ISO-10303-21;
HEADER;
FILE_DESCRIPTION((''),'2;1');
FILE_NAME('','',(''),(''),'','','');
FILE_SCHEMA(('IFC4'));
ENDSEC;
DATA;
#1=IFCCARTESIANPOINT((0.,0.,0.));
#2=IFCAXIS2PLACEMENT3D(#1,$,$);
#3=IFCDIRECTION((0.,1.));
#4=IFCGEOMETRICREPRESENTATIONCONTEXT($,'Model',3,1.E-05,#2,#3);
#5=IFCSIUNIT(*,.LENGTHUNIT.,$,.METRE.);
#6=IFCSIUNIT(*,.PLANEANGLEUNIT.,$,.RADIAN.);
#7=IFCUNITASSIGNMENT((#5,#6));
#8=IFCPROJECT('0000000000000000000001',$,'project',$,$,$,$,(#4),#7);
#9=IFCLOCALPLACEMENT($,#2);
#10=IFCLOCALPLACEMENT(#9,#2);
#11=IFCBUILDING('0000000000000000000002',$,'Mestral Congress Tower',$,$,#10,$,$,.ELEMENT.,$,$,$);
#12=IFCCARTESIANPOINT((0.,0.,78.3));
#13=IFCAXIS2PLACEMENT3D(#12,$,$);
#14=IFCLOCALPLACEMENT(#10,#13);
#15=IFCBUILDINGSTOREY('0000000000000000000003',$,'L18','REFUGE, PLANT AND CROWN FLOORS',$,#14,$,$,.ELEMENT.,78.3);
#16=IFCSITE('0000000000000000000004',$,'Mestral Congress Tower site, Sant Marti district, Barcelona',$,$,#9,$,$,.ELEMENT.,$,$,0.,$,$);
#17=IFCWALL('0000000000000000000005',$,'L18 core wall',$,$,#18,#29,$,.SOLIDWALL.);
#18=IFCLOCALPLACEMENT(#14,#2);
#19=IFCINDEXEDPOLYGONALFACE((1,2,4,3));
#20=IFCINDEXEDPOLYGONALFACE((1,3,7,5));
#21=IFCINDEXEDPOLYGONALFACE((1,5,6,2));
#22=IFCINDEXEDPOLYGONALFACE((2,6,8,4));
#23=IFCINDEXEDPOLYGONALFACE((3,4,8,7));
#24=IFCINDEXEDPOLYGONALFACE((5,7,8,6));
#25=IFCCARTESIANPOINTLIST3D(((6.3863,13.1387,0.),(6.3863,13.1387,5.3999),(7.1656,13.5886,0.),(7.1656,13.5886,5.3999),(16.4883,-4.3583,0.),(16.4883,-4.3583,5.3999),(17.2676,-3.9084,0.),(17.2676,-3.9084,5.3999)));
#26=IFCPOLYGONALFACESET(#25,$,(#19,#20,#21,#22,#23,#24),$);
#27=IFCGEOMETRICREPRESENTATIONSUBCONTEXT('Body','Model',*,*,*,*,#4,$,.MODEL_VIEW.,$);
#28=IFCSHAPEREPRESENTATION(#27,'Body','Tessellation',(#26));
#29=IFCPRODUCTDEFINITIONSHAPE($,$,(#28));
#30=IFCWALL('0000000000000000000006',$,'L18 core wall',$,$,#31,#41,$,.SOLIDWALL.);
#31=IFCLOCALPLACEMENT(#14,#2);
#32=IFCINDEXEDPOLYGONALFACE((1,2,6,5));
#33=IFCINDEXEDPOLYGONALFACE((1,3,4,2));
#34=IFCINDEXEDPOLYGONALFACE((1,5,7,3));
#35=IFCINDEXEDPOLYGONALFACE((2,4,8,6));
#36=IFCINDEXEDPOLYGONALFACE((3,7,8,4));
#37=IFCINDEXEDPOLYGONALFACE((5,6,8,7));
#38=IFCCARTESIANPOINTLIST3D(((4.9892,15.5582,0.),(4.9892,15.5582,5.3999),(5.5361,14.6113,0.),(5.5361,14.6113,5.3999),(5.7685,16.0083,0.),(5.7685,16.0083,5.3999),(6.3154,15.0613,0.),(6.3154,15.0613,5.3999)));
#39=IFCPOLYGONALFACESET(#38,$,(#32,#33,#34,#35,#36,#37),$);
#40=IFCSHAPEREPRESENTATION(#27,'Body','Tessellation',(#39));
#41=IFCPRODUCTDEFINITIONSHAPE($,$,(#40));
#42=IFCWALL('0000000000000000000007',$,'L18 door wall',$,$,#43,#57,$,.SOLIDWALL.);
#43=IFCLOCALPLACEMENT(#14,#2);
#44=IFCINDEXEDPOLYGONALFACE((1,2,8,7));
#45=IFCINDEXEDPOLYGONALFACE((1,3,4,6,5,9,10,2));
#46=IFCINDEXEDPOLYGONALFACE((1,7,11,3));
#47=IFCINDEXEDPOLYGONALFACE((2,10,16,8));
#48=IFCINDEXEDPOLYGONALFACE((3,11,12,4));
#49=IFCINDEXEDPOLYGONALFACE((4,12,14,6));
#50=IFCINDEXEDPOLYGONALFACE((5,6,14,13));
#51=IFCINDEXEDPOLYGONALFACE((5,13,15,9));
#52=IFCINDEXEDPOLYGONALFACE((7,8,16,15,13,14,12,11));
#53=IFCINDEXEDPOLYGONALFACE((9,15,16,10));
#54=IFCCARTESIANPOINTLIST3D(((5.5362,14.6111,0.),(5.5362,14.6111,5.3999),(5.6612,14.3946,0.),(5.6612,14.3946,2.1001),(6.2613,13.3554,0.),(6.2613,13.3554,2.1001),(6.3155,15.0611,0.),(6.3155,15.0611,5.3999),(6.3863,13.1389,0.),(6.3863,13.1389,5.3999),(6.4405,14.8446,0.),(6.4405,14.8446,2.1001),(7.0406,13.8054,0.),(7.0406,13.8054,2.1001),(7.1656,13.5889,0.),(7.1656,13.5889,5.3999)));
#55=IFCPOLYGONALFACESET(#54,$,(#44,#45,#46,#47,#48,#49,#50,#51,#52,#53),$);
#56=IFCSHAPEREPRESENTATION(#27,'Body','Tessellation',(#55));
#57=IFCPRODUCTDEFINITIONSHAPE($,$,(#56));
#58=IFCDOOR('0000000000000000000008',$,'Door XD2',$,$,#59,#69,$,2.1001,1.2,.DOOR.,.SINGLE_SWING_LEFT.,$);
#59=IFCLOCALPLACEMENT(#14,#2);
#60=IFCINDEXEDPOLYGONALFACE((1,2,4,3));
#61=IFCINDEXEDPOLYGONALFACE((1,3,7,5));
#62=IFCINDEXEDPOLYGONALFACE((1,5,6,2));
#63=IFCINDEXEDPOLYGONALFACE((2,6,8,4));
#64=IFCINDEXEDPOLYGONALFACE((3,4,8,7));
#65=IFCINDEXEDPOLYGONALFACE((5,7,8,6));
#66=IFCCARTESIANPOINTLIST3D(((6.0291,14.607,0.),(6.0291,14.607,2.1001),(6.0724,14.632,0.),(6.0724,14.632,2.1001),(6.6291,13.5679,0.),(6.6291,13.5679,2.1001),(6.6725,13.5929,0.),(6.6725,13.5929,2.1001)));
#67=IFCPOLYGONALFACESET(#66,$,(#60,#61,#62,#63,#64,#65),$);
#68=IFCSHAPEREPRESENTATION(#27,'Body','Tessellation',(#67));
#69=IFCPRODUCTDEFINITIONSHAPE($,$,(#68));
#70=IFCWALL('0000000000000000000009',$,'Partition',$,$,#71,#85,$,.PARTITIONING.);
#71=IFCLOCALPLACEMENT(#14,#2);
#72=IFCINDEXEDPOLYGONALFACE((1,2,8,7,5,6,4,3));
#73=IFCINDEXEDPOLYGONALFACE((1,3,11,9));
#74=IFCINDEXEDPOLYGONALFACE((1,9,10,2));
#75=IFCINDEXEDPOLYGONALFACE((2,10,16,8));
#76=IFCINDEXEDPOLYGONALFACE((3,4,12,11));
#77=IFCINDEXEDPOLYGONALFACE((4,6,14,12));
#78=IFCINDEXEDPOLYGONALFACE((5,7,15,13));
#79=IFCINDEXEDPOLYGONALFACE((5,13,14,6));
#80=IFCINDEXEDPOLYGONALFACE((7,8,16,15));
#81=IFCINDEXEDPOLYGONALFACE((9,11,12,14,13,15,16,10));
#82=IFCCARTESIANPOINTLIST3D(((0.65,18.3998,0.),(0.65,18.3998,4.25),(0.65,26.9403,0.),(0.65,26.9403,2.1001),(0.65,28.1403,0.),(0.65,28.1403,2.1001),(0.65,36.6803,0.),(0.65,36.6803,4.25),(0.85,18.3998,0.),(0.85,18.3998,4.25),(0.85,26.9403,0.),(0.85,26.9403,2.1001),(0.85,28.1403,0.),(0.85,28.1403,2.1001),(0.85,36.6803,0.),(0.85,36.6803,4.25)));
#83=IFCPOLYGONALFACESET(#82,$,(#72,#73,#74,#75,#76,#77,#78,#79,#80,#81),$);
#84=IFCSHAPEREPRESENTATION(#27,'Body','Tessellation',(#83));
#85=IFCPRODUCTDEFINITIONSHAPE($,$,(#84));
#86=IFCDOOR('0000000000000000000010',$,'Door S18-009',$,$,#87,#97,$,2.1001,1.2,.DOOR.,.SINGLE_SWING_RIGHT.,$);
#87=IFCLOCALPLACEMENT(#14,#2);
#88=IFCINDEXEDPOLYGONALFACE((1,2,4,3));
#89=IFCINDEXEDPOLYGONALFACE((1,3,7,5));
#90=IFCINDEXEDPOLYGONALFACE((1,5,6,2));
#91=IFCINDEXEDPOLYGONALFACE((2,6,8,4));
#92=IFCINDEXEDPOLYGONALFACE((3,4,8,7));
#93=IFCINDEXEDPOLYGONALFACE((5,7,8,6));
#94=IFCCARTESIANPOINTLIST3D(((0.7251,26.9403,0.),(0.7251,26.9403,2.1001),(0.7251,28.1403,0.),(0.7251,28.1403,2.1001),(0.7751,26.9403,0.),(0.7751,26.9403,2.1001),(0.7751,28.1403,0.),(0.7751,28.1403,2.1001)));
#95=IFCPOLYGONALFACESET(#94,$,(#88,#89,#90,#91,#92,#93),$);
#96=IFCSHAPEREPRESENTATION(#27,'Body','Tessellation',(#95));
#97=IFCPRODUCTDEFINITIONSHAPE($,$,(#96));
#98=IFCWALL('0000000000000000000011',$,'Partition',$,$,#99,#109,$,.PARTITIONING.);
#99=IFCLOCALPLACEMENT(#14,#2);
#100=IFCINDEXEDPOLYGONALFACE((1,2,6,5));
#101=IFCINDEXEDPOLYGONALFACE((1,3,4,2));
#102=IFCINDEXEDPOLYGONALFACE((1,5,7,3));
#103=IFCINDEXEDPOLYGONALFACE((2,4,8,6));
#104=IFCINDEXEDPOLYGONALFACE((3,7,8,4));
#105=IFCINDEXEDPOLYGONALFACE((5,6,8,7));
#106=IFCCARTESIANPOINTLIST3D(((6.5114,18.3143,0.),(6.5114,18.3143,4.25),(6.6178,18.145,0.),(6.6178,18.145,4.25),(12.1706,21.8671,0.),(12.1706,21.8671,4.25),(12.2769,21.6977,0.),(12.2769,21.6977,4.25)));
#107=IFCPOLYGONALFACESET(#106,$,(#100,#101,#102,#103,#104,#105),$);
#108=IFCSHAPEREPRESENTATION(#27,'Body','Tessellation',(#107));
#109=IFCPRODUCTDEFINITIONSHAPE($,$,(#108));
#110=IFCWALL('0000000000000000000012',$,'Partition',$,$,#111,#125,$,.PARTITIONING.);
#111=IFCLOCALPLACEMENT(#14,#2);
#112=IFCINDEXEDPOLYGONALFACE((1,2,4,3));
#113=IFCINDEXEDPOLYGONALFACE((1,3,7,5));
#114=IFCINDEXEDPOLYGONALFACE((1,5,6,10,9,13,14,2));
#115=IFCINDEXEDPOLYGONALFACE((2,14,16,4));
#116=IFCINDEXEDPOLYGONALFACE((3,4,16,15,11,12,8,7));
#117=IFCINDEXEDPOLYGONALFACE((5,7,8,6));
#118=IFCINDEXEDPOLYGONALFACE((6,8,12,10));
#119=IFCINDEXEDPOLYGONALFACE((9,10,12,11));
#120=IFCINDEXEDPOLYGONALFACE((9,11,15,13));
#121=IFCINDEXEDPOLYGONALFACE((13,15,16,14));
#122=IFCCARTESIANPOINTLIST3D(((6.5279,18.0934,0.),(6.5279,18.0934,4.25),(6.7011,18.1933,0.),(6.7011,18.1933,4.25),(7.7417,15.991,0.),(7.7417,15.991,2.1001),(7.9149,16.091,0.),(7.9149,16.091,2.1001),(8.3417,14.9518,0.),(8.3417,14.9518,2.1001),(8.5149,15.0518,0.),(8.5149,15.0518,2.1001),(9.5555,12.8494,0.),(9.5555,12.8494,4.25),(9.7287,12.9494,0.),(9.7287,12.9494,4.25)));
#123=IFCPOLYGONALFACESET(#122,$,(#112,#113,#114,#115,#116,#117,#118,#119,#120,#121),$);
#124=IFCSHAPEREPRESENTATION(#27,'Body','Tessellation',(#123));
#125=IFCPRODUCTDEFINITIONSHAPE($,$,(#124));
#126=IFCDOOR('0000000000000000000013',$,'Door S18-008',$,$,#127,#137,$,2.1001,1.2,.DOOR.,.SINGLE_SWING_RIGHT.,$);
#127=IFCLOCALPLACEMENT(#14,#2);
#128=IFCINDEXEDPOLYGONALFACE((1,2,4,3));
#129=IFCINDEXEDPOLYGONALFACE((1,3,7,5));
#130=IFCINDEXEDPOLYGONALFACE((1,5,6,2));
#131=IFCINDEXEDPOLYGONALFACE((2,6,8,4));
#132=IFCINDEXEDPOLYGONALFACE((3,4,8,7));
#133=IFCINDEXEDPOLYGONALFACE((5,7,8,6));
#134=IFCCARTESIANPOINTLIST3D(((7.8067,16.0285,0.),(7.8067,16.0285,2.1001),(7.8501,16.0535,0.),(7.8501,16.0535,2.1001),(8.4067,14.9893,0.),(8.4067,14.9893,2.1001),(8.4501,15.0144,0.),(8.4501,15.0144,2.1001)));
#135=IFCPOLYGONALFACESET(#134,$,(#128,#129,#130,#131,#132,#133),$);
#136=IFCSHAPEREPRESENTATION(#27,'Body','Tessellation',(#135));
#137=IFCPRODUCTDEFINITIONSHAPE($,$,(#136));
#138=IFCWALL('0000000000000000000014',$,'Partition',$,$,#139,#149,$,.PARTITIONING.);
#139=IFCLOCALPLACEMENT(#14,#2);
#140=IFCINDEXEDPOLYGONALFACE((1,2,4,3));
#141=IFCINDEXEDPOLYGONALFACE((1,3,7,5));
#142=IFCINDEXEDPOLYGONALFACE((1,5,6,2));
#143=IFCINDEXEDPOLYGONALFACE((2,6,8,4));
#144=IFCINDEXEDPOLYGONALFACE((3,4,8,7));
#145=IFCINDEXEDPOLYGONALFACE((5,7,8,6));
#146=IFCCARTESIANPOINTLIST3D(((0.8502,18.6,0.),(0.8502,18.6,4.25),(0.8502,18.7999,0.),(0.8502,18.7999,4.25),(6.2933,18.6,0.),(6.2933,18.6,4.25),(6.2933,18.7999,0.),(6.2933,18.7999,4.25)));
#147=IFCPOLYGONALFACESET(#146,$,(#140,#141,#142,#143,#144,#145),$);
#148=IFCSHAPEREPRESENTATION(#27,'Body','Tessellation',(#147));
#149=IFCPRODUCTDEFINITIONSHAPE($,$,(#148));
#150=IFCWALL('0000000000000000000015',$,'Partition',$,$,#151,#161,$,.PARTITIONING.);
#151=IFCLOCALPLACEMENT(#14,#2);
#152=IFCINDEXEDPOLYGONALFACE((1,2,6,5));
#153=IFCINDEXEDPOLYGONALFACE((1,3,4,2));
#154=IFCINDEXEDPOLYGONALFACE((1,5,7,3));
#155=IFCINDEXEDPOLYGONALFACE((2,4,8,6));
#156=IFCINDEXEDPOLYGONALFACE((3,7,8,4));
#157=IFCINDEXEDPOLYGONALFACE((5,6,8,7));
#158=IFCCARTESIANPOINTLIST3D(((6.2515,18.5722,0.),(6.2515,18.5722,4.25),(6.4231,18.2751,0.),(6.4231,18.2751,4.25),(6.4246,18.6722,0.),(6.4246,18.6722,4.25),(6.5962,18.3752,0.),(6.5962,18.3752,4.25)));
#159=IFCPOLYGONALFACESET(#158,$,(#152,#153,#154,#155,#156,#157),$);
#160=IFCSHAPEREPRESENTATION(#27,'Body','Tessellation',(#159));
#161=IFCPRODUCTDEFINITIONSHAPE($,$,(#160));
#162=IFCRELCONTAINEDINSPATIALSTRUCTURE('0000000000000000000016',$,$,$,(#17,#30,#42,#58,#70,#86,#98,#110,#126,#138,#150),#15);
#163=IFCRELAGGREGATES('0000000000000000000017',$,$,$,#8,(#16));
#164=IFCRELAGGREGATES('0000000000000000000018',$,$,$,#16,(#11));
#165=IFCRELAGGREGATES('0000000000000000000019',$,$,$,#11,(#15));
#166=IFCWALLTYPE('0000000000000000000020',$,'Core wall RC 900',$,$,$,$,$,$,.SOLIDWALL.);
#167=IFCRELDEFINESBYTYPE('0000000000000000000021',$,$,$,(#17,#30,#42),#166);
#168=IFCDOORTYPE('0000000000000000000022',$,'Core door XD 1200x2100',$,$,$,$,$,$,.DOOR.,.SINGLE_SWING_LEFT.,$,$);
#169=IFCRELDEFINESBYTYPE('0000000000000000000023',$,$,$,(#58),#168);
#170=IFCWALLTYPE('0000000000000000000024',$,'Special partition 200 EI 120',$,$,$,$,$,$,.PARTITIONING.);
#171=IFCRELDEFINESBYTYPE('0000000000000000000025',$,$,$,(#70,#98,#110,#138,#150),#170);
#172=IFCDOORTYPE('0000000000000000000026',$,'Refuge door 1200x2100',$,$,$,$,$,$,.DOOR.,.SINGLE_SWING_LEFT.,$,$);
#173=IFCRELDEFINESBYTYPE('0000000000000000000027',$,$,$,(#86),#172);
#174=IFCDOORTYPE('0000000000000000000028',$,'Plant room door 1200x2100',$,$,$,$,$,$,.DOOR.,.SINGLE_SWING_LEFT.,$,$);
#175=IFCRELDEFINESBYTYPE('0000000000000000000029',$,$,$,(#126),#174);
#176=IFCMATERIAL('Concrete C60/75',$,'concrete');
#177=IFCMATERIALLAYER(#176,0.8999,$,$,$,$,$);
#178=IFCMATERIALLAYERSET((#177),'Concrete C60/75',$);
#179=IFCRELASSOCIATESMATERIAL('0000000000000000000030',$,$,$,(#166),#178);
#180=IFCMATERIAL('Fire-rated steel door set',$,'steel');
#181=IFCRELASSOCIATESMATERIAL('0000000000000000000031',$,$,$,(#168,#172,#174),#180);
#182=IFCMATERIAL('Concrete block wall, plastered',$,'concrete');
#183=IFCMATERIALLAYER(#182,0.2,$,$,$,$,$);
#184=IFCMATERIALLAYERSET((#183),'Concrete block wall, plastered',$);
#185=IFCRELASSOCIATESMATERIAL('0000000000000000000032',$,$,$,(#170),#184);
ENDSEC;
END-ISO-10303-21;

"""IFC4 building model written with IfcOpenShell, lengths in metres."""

from ifc_helpers import new_model, si_unit, direction, frame, frame_2d, origin, place, context, subcontext, project, spatial, rectangle, extrude, material, layer, layer_set, type_object, element, fill, save


model = new_model("IFC4")

# Units and contexts
model_context = context("Model", 3, precision=1e-05, world=origin(), true_north=direction((0.0, 1.0)))
body_context = subcontext(model_context, "Body", "Model", "MODEL_VIEW")
ifc_project = project(units=[si_unit("LENGTHUNIT", "METRE"), si_unit("PLANEANGLEUNIT", "RADIAN")], contexts=[model_context])

# Site, building, storey
site_placement = place(None, origin())
site = spatial("IfcSite", under=ifc_project, at=site_placement, Name="Mestral Congress Tower site, Sant Marti district, Barcelona", CompositionType="ELEMENT", RefElevation=0.0)
building_placement = place(site_placement, origin())
building = spatial("IfcBuilding", under=site, at=building_placement, Name="Mestral Congress Tower", CompositionType="ELEMENT")
storey_placement = place(building_placement, frame((0.0, 0.0, 78.3)))
storey = spatial("IfcBuildingStorey", under=building, at=storey_placement, Name="L18", Description="REFUGE, PLANT AND CROWN FLOORS", CompositionType="ELEMENT", Elevation=78.3)

# Walls
ifc_material_1 = material(Name="Concrete C60/75", Category="concrete")
ifc_layer_1 = layer(ifc_material_1, 0.8999)
ifc_layer_set_1 = layer_set([ifc_layer_1], Name="Concrete C60/75")
wall_type_1 = type_object("IfcWallType", Name="Core wall RC 900", PredefinedType="SOLIDWALL", material=ifc_layer_set_1)
wall_1_placement = place(storey_placement, frame((6.7759, 13.3638, 0.0), z_axis=(0.0, 0.0, 1.0), x_axis=(0.500004, -0.866023, 0.0)))
element("IfcWall", 1, at=wall_1_placement, inside=storey, type_object=wall_type_1, Name="L18 core wall", PredefinedType="SOLIDWALL", context=body_context, shape_type="SweptSolid", body=[
    extrude(rectangle(XDim=20.2039, YDim=0.8999, at=frame_2d((10.1021, 0.0))), origin(), (0.0, 0.0, 1.0), 5.3999),
])
wall_2_placement = place(storey_placement, frame((5.9258, 14.8362, 0.0), z_axis=(0.0, 0.0, 1.0), x_axis=(-0.500077, 0.865981, 0.0)))
element("IfcWall", 2, at=wall_2_placement, inside=storey, type_object=wall_type_1, Name="L18 core wall", PredefinedType="SOLIDWALL", context=body_context, shape_type="SweptSolid", body=[
    extrude(rectangle(XDim=1.0935, YDim=0.8999, at=frame_2d((0.5469, 0.0))), origin(), (0.0, 0.0, 1.0), 5.3999),
])

# Walls, openings, doors
wall_3_placement = place(storey_placement, frame((5.9258, 14.8362, 0.0), z_axis=(0.0, 0.0, 1.0), x_axis=(0.500062, -0.865989, 0.0)))
wall_3 = element("IfcWall", 3, at=wall_3_placement, inside=storey, type_object=wall_type_1, Name="L18 door wall", PredefinedType="SOLIDWALL", context=body_context, shape_type="SweptSolid", body=[
    extrude(rectangle(XDim=1.7, YDim=0.8999, at=frame_2d((0.8501, 0.0))), origin(), (0.0, 0.0, 1.0), 5.3999),
])
opening_1_placement = place(wall_3_placement, frame((0.25, 0.0, 0.0)))
opening_1 = element("IfcOpeningElement", 4, at=opening_1_placement, cuts=wall_3, PredefinedType="OPENING", context=body_context, shape_type="SweptSolid", body=[
    extrude(rectangle(XDim=1.2, YDim=2.1001, at=frame_2d((0.6001, 1.05))), frame((0.0, 0.46, 0.0), z_axis=(0.0, -1.0, 0.0), x_axis=(1.0, 0.0, 0.0)), (0.0, 0.0, 1.0), 0.9199),
])
ifc_material_2 = material(Name="Fire-rated steel door set", Category="steel")
door_type_1 = type_object("IfcDoorType", Name="Core door XD 1200x2100", OperationType="SINGLE_SWING_LEFT", PredefinedType="DOOR", material=ifc_material_2)
door_1_placement = place(opening_1_placement, origin())
door_1 = element("IfcDoor", 5, at=door_1_placement, inside=storey, type_object=door_type_1, Name="Door XD2", OperationType="SINGLE_SWING_LEFT", OverallHeight=2.1001, OverallWidth=1.2, PredefinedType="DOOR", context=body_context, shape_type="SweptSolid", body=[
    extrude(rectangle(XDim=1.2, YDim=2.1001, at=frame_2d((0.6001, 1.05))), frame((0.0, 0.0249, 0.0), z_axis=(0.0, -1.0, 0.0), x_axis=(1.0, 0.0, 0.0)), (0.0, 0.0, 1.0), 0.05),
])
fill(opening_1, door_1)
ifc_material_3 = material(Name="Concrete block wall, plastered", Category="concrete")
ifc_layer_2 = layer(ifc_material_3, 0.2)
ifc_layer_set_2 = layer_set([ifc_layer_2], Name="Concrete block wall, plastered")
wall_type_2 = type_object("IfcWallType", Name="Special partition 200 EI 120", PredefinedType="PARTITIONING", material=ifc_layer_set_2)
wall_4_placement = place(storey_placement, frame((0.75, 18.3999, 0.0), z_axis=(0.0, 0.0, 1.0), x_axis=(0.0, 1.0, 0.0)))
wall_4 = element("IfcWall", 6, at=wall_4_placement, inside=storey, type_object=wall_type_2, Name="Partition", PredefinedType="PARTITIONING", context=body_context, shape_type="SweptSolid", body=[
    extrude(rectangle(XDim=18.2805, YDim=0.2, at=frame_2d((9.1401, 0.0))), origin(), (0.0, 0.0, 1.0), 4.25),
])
opening_2_placement = place(wall_4_placement, frame((8.5403, 0.0, 0.0)))
opening_2 = element("IfcOpeningElement", 7, at=opening_2_placement, cuts=wall_4, PredefinedType="OPENING", context=body_context, shape_type="SweptSolid", body=[
    extrude(rectangle(XDim=1.2, YDim=2.1001, at=frame_2d((0.6001, 1.05))), frame((0.0, 0.1099, 0.0), z_axis=(0.0, -1.0, 0.0), x_axis=(1.0, 0.0, 0.0)), (0.0, 0.0, 1.0), 0.22),
])
door_type_2 = type_object("IfcDoorType", Name="Refuge door 1200x2100", OperationType="SINGLE_SWING_LEFT", PredefinedType="DOOR", material=ifc_material_2)
door_2_placement = place(opening_2_placement, origin())
door_2 = element("IfcDoor", 8, at=door_2_placement, inside=storey, type_object=door_type_2, Name="Door S18-009", OperationType="SINGLE_SWING_RIGHT", OverallHeight=2.1001, OverallWidth=1.2, PredefinedType="DOOR", context=body_context, shape_type="SweptSolid", body=[
    extrude(rectangle(XDim=1.2, YDim=2.1001, at=frame_2d((0.6001, 1.05))), frame((0.0, 0.0249, 0.0), z_axis=(0.0, -1.0, 0.0), x_axis=(1.0, 0.0, 0.0)), (0.0, 0.0, 1.0), 0.05),
])
fill(opening_2, door_2)

# Wall
wall_5_placement = place(storey_placement, frame((6.5647, 18.2297, 0.0), z_axis=(0.0, 0.0, 1.0), x_axis=(0.846937, 0.531693, 0.0)))
element("IfcWall", 9, at=wall_5_placement, inside=storey, type_object=wall_type_2, Name="Partition", PredefinedType="PARTITIONING", context=body_context, shape_type="SweptSolid", body=[
    extrude(rectangle(XDim=6.6819, YDim=0.2, at=frame_2d((3.3408, 0.0))), origin(), (0.0, 0.0, 1.0), 4.25),
])

# Wall, opening, door
wall_6_placement = place(storey_placement, frame((9.6421, 12.8994, 0.0), z_axis=(0.0, 0.0, 1.0), x_axis=(-0.500003, 0.866024, 0.0)))
wall_6 = element("IfcWall", 10, at=wall_6_placement, inside=storey, type_object=wall_type_2, Name="Partition", PredefinedType="PARTITIONING", context=body_context, shape_type="SweptSolid", body=[
    extrude(rectangle(XDim=6.0552, YDim=0.2, at=frame_2d((3.0276, 0.0))), origin(), (0.0, 0.0, 1.0), 4.25),
])
opening_3_placement = place(wall_6_placement, frame((2.4275, 0.0, 0.0)))
opening_3 = element("IfcOpeningElement", 11, at=opening_3_placement, cuts=wall_6, PredefinedType="OPENING", context=body_context, shape_type="SweptSolid", body=[
    extrude(rectangle(XDim=1.2, YDim=2.1001, at=frame_2d((0.6001, 1.05))), frame((0.0, 0.1099, 0.0), z_axis=(0.0, -1.0, 0.0), x_axis=(1.0, 0.0, 0.0)), (0.0, 0.0, 1.0), 0.22),
])
door_type_3 = type_object("IfcDoorType", Name="Plant room door 1200x2100", OperationType="SINGLE_SWING_LEFT", PredefinedType="DOOR", material=ifc_material_2)
door_3_placement = place(opening_3_placement, origin())
door_3 = element("IfcDoor", 12, at=door_3_placement, inside=storey, type_object=door_type_3, Name="Door S18-008", OperationType="SINGLE_SWING_RIGHT", OverallHeight=2.1001, OverallWidth=1.2, PredefinedType="DOOR", context=body_context, shape_type="SweptSolid", body=[
    extrude(rectangle(XDim=1.2, YDim=2.1001, at=frame_2d((0.6001, 1.05))), frame((0.0, 0.0249, 0.0), z_axis=(0.0, -1.0, 0.0), x_axis=(1.0, 0.0, 0.0)), (0.0, 0.0, 1.0), 0.05),
])
fill(opening_3, door_3)

# Walls
wall_7_placement = place(storey_placement, frame((0.8501, 18.7, 0.0), z_axis=(0.0, 0.0, 1.0), x_axis=(1.0, 0.0, 0.0)))
element("IfcWall", 13, at=wall_7_placement, inside=storey, type_object=wall_type_2, Name="Partition", PredefinedType="PARTITIONING", context=body_context, shape_type="SweptSolid", body=[
    extrude(rectangle(XDim=5.4431, YDim=0.2, at=frame_2d((2.7217, 0.0))), origin(), (0.0, 0.0, 1.0), 4.25),
])
wall_8_placement = place(storey_placement, frame((6.3381, 18.6221, 0.0), z_axis=(0.0, 0.0, 1.0), x_axis=(0.500195, -0.865913, 0.0)))
element("IfcWall", 14, at=wall_8_placement, inside=storey, type_object=wall_type_2, Name="Partition", PredefinedType="PARTITIONING", context=body_context, shape_type="SweptSolid", body=[
    extrude(rectangle(XDim=0.343, YDim=0.2, at=frame_2d((0.1714, 0.0))), origin(), (0.0, 0.0, 1.0), 4.25),
])

save(model, "model.ifc")
